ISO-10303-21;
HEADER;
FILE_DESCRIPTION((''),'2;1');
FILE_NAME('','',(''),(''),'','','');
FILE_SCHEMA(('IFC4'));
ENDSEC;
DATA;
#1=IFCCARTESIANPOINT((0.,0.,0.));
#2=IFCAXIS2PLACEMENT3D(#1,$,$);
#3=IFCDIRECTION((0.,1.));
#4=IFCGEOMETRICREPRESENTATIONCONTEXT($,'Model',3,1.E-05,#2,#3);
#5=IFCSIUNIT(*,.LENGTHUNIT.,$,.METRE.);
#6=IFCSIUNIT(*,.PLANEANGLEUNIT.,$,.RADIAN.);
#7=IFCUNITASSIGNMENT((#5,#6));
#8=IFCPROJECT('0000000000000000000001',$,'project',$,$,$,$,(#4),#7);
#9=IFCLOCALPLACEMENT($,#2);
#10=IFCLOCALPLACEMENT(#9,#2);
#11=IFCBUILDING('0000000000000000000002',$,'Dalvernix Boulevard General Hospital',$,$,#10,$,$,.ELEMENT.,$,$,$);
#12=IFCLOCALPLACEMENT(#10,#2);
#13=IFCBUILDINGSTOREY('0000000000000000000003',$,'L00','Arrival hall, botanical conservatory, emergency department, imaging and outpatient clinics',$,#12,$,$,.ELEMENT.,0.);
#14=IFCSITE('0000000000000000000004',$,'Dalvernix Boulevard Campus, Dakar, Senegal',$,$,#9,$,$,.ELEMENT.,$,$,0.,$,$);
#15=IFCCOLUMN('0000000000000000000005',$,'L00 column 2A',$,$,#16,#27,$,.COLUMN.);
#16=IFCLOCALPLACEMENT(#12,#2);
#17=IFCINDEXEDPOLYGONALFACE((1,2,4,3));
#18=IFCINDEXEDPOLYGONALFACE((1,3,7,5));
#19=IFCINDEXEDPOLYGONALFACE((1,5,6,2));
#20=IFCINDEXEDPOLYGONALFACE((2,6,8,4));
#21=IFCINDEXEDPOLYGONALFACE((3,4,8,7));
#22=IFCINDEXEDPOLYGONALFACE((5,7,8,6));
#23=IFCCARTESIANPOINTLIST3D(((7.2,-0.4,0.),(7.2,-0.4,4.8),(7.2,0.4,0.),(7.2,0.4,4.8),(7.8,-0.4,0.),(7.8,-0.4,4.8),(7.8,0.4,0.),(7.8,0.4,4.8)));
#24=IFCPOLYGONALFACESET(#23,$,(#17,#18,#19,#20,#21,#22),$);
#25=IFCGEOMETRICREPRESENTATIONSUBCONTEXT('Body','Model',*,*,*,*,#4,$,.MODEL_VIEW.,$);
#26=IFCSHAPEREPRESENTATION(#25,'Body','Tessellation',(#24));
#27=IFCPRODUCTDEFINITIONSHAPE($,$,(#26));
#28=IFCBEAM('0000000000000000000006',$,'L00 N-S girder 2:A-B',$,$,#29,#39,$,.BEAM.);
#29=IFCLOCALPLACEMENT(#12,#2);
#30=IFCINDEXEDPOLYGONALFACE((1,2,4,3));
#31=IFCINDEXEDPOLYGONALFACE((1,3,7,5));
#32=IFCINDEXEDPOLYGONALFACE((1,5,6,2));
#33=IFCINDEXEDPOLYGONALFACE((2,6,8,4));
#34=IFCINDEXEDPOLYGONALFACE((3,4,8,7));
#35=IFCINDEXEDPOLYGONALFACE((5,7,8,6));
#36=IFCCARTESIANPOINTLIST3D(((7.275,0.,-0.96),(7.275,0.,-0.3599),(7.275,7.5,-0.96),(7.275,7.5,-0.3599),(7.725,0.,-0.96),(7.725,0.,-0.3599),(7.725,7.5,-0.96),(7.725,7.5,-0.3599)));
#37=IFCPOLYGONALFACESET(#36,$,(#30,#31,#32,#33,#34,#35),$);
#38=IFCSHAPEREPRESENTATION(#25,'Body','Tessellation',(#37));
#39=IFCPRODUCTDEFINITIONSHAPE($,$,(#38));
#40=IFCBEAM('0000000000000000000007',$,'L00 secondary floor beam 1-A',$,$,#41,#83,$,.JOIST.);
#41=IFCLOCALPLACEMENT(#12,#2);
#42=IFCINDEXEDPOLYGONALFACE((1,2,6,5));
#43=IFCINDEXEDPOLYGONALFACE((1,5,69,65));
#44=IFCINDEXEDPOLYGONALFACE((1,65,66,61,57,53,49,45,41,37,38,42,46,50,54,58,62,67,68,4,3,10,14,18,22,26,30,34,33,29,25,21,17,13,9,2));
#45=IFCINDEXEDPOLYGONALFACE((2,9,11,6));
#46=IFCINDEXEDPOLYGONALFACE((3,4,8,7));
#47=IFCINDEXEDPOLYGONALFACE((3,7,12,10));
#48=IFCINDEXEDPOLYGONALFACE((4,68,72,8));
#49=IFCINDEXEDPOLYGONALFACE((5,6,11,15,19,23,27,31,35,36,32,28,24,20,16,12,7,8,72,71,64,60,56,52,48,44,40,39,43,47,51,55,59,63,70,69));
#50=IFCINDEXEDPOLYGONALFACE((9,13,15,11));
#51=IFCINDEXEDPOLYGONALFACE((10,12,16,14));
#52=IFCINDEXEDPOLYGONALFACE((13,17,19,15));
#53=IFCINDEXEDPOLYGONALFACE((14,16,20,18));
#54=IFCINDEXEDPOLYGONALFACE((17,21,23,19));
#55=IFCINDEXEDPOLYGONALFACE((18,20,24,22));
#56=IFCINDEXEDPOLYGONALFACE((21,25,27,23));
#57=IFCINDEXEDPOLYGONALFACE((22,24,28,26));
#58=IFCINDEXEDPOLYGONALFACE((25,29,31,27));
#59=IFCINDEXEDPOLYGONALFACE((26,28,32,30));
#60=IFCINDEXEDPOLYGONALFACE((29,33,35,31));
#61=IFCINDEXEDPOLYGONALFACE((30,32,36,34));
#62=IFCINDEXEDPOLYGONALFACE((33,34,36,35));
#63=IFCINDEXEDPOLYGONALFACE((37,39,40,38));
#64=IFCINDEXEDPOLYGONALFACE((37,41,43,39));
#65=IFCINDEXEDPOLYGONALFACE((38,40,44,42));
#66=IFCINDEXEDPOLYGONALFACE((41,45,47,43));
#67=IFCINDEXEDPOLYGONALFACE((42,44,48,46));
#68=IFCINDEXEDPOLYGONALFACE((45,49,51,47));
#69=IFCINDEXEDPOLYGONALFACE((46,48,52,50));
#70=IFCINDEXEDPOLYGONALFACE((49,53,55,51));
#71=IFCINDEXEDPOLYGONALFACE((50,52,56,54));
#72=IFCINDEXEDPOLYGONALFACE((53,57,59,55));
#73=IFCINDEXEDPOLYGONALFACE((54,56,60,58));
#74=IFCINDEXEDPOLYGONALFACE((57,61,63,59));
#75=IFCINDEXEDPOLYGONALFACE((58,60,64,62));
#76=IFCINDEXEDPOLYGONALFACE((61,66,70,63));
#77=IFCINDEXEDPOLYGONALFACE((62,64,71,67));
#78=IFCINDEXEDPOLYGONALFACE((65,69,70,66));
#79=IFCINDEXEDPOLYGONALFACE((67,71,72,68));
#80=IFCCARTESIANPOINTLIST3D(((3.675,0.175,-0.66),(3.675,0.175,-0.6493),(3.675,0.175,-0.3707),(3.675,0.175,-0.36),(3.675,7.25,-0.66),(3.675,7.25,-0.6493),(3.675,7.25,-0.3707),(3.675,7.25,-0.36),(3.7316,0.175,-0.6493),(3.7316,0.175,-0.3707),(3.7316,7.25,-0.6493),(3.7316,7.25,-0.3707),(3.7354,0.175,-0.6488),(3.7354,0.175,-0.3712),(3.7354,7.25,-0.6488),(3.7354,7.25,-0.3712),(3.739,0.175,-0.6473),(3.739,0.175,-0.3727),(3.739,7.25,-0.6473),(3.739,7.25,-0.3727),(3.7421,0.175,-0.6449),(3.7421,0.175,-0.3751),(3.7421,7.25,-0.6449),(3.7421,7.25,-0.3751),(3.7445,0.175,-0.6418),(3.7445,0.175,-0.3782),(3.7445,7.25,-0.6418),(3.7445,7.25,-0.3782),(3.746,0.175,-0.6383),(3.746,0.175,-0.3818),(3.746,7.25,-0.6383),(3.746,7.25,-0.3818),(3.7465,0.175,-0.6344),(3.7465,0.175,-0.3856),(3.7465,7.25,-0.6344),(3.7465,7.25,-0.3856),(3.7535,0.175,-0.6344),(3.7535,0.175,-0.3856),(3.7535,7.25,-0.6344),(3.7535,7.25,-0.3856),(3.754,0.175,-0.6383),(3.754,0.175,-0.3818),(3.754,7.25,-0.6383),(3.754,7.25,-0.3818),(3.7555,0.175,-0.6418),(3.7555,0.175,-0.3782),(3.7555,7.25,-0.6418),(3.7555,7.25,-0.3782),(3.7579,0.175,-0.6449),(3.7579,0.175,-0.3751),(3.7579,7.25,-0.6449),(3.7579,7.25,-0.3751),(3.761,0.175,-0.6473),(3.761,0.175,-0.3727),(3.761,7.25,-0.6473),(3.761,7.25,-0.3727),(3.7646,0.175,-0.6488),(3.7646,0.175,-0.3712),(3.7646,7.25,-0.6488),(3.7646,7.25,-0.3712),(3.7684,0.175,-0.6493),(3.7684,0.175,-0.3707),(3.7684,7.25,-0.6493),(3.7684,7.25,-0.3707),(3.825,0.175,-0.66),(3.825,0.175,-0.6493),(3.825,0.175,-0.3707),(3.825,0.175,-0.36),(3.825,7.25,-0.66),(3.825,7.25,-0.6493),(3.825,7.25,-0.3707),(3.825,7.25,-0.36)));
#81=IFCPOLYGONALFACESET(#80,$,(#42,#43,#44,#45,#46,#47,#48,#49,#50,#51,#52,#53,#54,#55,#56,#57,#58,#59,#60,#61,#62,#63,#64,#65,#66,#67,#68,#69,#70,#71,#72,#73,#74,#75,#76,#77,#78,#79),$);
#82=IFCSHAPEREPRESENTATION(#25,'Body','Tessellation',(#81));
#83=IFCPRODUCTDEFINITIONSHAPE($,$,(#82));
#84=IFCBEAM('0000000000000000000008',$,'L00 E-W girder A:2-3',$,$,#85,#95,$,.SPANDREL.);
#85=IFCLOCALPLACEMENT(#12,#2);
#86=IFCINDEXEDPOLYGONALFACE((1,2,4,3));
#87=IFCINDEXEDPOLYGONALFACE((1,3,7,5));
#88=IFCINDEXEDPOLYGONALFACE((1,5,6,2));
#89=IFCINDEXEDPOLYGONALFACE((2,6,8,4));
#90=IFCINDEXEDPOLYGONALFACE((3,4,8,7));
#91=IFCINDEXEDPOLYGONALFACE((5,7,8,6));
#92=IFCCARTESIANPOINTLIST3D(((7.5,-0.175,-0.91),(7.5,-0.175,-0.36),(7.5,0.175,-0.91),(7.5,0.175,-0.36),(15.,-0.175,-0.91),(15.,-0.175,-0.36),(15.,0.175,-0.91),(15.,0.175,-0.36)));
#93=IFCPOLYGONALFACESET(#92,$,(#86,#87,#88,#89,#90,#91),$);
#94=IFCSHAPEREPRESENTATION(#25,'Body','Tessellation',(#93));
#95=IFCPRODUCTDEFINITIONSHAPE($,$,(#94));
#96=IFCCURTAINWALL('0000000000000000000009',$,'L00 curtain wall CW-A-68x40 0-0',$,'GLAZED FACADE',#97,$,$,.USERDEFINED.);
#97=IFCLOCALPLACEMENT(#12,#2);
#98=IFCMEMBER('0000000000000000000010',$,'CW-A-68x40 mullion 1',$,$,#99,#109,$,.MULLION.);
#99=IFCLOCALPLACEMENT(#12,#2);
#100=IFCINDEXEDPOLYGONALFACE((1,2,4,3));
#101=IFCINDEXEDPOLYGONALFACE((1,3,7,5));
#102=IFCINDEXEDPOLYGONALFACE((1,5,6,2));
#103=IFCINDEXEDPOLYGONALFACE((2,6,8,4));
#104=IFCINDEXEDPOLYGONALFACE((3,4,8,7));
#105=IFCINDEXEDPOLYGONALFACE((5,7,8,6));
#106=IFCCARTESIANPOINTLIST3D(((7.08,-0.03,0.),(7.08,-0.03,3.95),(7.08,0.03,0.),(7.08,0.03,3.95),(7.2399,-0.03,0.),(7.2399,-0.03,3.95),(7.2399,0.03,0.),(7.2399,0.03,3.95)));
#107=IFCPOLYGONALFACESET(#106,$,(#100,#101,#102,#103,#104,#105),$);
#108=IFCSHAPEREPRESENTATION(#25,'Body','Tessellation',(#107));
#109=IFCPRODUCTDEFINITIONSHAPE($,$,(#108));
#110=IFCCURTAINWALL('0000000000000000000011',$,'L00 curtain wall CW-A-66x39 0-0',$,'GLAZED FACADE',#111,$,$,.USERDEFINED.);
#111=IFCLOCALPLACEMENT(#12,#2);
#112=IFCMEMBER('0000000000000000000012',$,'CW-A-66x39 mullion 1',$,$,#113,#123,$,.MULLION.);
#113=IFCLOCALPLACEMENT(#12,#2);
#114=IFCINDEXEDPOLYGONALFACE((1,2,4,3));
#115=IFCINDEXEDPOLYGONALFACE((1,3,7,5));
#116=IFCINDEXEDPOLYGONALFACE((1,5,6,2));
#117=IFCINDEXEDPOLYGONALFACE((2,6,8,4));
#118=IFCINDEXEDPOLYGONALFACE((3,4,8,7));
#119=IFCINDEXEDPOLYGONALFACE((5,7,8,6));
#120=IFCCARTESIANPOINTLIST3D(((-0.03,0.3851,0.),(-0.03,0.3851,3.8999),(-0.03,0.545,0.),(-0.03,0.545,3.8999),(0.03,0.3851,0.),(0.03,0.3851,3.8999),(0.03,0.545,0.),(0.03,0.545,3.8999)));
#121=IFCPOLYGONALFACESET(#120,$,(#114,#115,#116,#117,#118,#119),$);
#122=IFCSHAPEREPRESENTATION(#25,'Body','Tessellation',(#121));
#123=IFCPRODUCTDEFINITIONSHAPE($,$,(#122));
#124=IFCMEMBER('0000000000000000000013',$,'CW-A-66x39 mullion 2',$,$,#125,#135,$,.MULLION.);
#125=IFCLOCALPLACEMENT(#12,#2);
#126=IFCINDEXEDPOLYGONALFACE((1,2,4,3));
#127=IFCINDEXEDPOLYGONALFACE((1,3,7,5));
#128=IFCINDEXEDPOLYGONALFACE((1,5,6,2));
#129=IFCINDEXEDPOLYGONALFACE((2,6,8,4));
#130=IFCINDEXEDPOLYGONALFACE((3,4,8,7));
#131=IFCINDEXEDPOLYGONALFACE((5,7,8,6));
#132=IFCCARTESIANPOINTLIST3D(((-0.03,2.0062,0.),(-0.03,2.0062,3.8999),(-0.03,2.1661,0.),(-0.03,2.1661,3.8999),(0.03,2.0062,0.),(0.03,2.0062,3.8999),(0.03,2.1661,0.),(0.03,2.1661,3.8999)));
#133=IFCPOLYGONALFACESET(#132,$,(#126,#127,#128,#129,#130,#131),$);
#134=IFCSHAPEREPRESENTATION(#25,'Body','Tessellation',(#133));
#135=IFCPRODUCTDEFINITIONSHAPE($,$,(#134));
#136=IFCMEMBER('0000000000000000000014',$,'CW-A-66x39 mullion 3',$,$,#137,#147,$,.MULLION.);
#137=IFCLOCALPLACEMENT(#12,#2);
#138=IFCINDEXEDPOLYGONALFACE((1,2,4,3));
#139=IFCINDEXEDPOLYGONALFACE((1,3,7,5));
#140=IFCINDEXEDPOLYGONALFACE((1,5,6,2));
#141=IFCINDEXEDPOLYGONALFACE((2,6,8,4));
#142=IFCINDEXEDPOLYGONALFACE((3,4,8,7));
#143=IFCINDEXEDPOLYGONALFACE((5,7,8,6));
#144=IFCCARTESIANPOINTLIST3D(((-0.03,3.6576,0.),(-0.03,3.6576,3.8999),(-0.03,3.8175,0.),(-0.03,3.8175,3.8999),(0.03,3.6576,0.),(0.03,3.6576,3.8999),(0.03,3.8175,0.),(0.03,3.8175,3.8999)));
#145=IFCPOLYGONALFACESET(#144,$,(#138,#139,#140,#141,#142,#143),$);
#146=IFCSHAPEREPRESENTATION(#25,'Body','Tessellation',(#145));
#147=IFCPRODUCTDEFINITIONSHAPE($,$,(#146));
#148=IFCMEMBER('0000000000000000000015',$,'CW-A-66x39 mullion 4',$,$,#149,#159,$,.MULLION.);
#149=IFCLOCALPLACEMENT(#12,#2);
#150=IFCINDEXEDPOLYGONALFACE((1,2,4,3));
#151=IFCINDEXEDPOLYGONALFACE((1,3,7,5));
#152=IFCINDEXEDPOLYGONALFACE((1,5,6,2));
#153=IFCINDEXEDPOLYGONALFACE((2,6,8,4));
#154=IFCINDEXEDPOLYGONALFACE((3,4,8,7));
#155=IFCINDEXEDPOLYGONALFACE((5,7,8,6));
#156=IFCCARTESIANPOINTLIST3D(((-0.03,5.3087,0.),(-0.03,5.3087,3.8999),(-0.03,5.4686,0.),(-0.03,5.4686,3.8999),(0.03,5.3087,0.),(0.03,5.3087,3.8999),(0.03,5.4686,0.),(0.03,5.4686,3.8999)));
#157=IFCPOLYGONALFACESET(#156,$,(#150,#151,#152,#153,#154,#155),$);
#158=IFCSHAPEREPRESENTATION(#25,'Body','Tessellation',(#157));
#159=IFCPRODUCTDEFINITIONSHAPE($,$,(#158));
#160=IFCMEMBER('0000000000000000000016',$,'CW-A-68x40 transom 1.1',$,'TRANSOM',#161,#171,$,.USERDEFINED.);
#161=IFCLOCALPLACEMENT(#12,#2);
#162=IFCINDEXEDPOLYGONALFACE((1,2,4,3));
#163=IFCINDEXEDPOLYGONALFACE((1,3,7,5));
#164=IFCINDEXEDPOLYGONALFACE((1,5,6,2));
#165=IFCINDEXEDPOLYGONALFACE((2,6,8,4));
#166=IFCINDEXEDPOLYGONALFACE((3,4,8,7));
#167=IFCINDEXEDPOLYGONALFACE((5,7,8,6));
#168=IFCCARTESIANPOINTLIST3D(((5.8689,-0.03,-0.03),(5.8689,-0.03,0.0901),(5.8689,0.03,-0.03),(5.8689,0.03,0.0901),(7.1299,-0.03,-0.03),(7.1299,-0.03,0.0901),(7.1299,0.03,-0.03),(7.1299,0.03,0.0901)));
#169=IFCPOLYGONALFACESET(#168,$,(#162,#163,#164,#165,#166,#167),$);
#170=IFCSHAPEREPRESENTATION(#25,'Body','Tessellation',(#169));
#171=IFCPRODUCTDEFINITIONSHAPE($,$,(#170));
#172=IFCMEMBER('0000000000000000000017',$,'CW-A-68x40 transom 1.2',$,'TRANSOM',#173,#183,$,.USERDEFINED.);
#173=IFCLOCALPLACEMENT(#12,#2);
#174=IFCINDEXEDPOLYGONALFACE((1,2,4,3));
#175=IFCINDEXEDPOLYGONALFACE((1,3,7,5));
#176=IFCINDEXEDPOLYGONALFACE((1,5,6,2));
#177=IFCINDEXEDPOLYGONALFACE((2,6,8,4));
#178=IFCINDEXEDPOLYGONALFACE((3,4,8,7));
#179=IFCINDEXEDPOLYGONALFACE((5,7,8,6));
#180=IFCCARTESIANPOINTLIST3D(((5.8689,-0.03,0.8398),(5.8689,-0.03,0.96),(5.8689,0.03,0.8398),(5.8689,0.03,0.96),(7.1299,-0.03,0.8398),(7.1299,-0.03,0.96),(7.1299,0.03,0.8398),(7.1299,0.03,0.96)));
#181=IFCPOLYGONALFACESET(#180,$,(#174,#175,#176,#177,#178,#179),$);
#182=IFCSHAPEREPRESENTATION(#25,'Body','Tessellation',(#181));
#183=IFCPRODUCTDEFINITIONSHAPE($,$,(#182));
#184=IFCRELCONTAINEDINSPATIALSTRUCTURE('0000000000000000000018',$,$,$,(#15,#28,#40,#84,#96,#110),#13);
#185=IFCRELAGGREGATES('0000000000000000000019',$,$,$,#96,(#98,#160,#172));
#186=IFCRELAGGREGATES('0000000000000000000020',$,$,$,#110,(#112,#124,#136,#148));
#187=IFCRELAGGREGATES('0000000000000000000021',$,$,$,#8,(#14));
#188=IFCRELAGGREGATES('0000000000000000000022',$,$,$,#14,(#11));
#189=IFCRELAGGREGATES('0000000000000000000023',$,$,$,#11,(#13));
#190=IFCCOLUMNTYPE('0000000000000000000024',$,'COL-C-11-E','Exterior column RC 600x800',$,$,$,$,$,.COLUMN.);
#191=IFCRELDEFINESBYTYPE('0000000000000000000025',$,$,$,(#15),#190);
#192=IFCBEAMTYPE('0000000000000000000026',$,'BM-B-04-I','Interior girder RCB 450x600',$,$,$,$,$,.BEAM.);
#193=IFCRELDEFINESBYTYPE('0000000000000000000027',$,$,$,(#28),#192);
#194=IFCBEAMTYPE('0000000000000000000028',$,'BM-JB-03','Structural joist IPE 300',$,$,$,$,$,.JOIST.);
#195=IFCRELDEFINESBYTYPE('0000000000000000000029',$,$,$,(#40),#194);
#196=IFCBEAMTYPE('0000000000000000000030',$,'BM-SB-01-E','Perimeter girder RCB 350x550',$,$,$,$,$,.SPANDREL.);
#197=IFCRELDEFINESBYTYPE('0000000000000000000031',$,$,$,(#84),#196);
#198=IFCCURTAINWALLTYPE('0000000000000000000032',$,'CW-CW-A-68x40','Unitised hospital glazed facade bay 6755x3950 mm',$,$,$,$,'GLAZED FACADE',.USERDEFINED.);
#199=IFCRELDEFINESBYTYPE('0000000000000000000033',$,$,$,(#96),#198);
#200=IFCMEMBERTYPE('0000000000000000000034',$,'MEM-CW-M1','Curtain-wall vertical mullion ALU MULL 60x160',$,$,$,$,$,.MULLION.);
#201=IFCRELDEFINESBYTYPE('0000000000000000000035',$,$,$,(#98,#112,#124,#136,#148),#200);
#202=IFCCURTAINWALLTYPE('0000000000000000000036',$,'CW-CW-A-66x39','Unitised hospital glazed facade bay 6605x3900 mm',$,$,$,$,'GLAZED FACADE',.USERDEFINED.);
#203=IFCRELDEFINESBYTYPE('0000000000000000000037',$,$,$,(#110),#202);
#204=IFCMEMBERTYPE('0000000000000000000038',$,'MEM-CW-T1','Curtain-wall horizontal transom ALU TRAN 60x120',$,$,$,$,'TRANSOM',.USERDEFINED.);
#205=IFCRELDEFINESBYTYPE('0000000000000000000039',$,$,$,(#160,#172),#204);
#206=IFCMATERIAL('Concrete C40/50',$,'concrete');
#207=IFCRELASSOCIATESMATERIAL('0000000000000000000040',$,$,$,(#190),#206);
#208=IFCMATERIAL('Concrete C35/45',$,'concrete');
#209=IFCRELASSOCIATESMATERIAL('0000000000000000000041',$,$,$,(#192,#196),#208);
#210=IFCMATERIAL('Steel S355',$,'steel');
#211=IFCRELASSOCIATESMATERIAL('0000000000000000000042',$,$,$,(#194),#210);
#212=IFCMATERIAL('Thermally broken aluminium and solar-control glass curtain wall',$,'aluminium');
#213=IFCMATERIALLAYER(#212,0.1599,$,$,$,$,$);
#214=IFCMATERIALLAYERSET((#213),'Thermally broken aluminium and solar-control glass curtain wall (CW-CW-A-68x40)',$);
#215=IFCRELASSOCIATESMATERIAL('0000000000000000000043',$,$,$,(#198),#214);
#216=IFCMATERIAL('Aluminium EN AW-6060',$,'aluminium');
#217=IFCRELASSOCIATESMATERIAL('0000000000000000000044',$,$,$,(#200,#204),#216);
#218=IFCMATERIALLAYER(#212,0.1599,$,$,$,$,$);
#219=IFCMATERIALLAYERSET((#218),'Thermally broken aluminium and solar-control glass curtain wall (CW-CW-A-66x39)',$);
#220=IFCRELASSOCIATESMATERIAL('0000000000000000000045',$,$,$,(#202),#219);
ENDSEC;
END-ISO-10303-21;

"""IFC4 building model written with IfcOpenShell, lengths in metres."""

from ifc_helpers import new_model, si_unit, direction, frame, origin, origin_2d, place, context, subcontext, project, spatial, rectangle, i_section, extrude, material, layer, layer_set, material_profile, profile_set, type_object, element, aggregate, save


model = new_model("IFC4")

# Units and contexts
model_context = context("Model", 3, precision=1e-05, world=origin(), true_north=direction((0.0, 1.0)))
body_context = subcontext(model_context, "Body", "Model", "MODEL_VIEW")
ifc_project = project(units=[si_unit("LENGTHUNIT", "METRE"), si_unit("PLANEANGLEUNIT", "RADIAN")], contexts=[model_context])

# Site, building, storey
site_placement = place(None, origin())
site = spatial("IfcSite", under=ifc_project, at=site_placement, Name="Dalvernix Boulevard Campus, Dakar, Senegal", CompositionType="ELEMENT", RefElevation=0.0)
building_placement = place(site_placement, origin())
building = spatial("IfcBuilding", under=site, at=building_placement, Name="Dalvernix Boulevard General Hospital", CompositionType="ELEMENT")
storey_placement = place(building_placement, origin())
storey = spatial("IfcBuildingStorey", under=building, at=storey_placement, Name="L00", Description="Arrival hall, botanical conservatory, emergency department, imaging and outpatient clinics", CompositionType="ELEMENT", Elevation=0.0)

# Column
ifc_material_1 = material(Name="Concrete C40/50", Category="concrete")
ifc_material_profile_1 = material_profile(ifc_material_1, rectangle(XDim=0.6001, YDim=0.8, at=origin_2d()), Name="RC 600x800")
ifc_profile_set_1 = profile_set([ifc_material_profile_1], Name="Concrete C40/50")
column_type = type_object("IfcColumnType", Name="COL-C-11-E", Description="Exterior column RC 600x800", PredefinedType="COLUMN", material=ifc_profile_set_1)
column_placement = place(storey_placement, frame((7.5, 0.0, 0.0), z_axis=(0.0, 0.0, 1.0), x_axis=(1.0, 0.0, 0.0)))
element("IfcColumn", 1, at=column_placement, inside=storey, type_object=column_type, Name="L00 column 2A", PredefinedType="COLUMN", context=body_context, shape_type="SweptSolid", body=[
    extrude(rectangle(XDim=0.6001, YDim=0.8, at=origin_2d()), origin(), (0.0, 0.0, 1.0), 4.8),
])

# Beams
ifc_material_2 = material(Name="Concrete C35/45", Category="concrete")
ifc_material_profile_2 = material_profile(ifc_material_2, rectangle(XDim=0.45, YDim=0.6001, at=origin_2d()), Name="RCB 450x600")
ifc_profile_set_2 = profile_set([ifc_material_profile_2], Name="Concrete C35/45")
beam_type_1 = type_object("IfcBeamType", Name="BM-B-04-I", Description="Interior girder RCB 450x600", PredefinedType="BEAM", material=ifc_profile_set_2)
beam_1_placement = place(storey_placement, frame((7.5, 0.0, -0.6599), z_axis=(0.0, 1.0, 0.0), x_axis=(-1.0, 0.0, 0.0)))
element("IfcBeam", 2, at=beam_1_placement, inside=storey, type_object=beam_type_1, Name="L00 N-S girder 2:A-B", PredefinedType="BEAM", context=body_context, shape_type="SweptSolid", body=[
    extrude(rectangle(XDim=0.45, YDim=0.6001, at=origin_2d()), origin(), (0.0, 0.0, 1.0), 7.5),
])
ifc_material_3 = material(Name="Steel S355", Category="steel")
ifc_material_profile_3 = material_profile(ifc_material_3, i_section(OverallWidth=0.1499, OverallDepth=0.3, WebThickness=0.0071, FlangeThickness=0.0107, FilletRadius=0.0149, at=origin_2d()), Name="IPE 300")
ifc_profile_set_3 = profile_set([ifc_material_profile_3], Name="Steel S355")
beam_type_2 = type_object("IfcBeamType", Name="BM-JB-03", Description="Structural joist IPE 300", PredefinedType="JOIST", material=ifc_profile_set_3)
beam_2_placement = place(storey_placement, frame((3.75, 0.175, -0.51), z_axis=(0.0, 1.0, 0.0), x_axis=(-1.0, 0.0, 0.0)))
element("IfcBeam", 3, at=beam_2_placement, inside=storey, type_object=beam_type_2, Name="L00 secondary floor beam 1-A", PredefinedType="JOIST", context=body_context, shape_type="SweptSolid", body=[
    extrude(i_section(OverallWidth=0.1499, OverallDepth=0.3, WebThickness=0.0071, FlangeThickness=0.0107, FilletRadius=0.0149, at=origin_2d()), origin(), (0.0, 0.0, 1.0), 7.075),
])
ifc_material_profile_4 = material_profile(ifc_material_2, rectangle(XDim=0.3501, YDim=0.55, at=origin_2d()), Name="RCB 350x550")
ifc_profile_set_4 = profile_set([ifc_material_profile_4], Name="Concrete C35/45")
beam_type_3 = type_object("IfcBeamType", Name="BM-SB-01-E", Description="Perimeter girder RCB 350x550", PredefinedType="SPANDREL", material=ifc_profile_set_4)
beam_3_placement = place(storey_placement, frame((7.5, 0.0, -0.635), z_axis=(1.0, 0.0, 0.0), x_axis=(0.0, 1.0, 0.0)))
element("IfcBeam", 4, at=beam_3_placement, inside=storey, type_object=beam_type_3, Name="L00 E-W girder A:2-3", PredefinedType="SPANDREL", context=body_context, shape_type="SweptSolid", body=[
    extrude(rectangle(XDim=0.3501, YDim=0.55, at=origin_2d()), origin(), (0.0, 0.0, 1.0), 7.5),
])

# Curtain wall, member
ifc_material_4 = material(Name="Thermally broken aluminium and solar-control glass curtain wall", Category="aluminium")
ifc_layer_1 = layer(ifc_material_4, 0.1599)
ifc_layer_set_1 = layer_set([ifc_layer_1], Name="Thermally broken aluminium and solar-control glass curtain wall (CW-CW-A-68x40)")
curtain_wall_type_1 = type_object("IfcCurtainWallType", Name="CW-CW-A-68x40", Description="Unitised hospital glazed facade bay 6755x3950 mm", ElementType="GLAZED FACADE", PredefinedType="USERDEFINED", material=ifc_layer_set_1)
curtain_wall_1_placement = place(storey_placement, origin())
curtain_wall_1 = element("IfcCurtainWall", 5, at=curtain_wall_1_placement, inside=storey, type_object=curtain_wall_type_1, Name="L00 curtain wall CW-A-68x40 0-0", ObjectType="GLAZED FACADE", PredefinedType="USERDEFINED")
ifc_material_5 = material(Name="Aluminium EN AW-6060", Category="aluminium")
ifc_material_profile_5 = material_profile(ifc_material_5, rectangle(XDim=0.0601, YDim=0.1599, at=origin_2d()), Name="ALU MULL 60x160")
ifc_profile_set_5 = profile_set([ifc_material_profile_5], Name="Aluminium EN AW-6060")
member_type_1 = type_object("IfcMemberType", Name="MEM-CW-M1", Description="Curtain-wall vertical mullion ALU MULL 60x160", PredefinedType="MULLION", material=ifc_profile_set_5)
member_1_placement = place(storey_placement, frame((7.1599, 0.0, 0.0), z_axis=(0.0, 0.0, 1.0), x_axis=(0.0, -1.0, 0.0)))
member_1 = element("IfcMember", 6, at=member_1_placement, type_object=member_type_1, Name="CW-A-68x40 mullion 1", PredefinedType="MULLION", context=body_context, shape_type="SweptSolid", body=[
    extrude(rectangle(XDim=0.0601, YDim=0.1599, at=origin_2d()), origin(), (0.0, 0.0, 1.0), 3.95),
])

# Curtain wall, members
ifc_layer_2 = layer(ifc_material_4, 0.1599)
ifc_layer_set_2 = layer_set([ifc_layer_2], Name="Thermally broken aluminium and solar-control glass curtain wall (CW-CW-A-66x39)")
curtain_wall_type_2 = type_object("IfcCurtainWallType", Name="CW-CW-A-66x39", Description="Unitised hospital glazed facade bay 6605x3900 mm", ElementType="GLAZED FACADE", PredefinedType="USERDEFINED", material=ifc_layer_set_2)
curtain_wall_2_placement = place(storey_placement, origin())
curtain_wall_2 = element("IfcCurtainWall", 7, at=curtain_wall_2_placement, inside=storey, type_object=curtain_wall_type_2, Name="L00 curtain wall CW-A-66x39 0-0", ObjectType="GLAZED FACADE", PredefinedType="USERDEFINED")
member_2_placement = place(storey_placement, frame((0.0, 0.4651, 0.0), z_axis=(0.0, 0.0, 1.0), x_axis=(-1.0, 0.0, 0.0)))
member_2 = element("IfcMember", 8, at=member_2_placement, type_object=member_type_1, Name="CW-A-66x39 mullion 1", PredefinedType="MULLION", context=body_context, shape_type="SweptSolid", body=[
    extrude(rectangle(XDim=0.0601, YDim=0.1599, at=origin_2d()), origin(), (0.0, 0.0, 1.0), 3.8999),
])
member_3_placement = place(storey_placement, frame((0.0, 2.0862, 0.0), z_axis=(0.0, 0.0, 1.0), x_axis=(-1.0, 0.0, 0.0)))
member_3 = element("IfcMember", 9, at=member_3_placement, type_object=member_type_1, Name="CW-A-66x39 mullion 2", PredefinedType="MULLION", context=body_context, shape_type="SweptSolid", body=[
    extrude(rectangle(XDim=0.0601, YDim=0.1599, at=origin_2d()), origin(), (0.0, 0.0, 1.0), 3.8999),
])
member_4_placement = place(storey_placement, frame((0.0, 3.7375, 0.0), z_axis=(0.0, 0.0, 1.0), x_axis=(-1.0, 0.0, 0.0)))
member_4 = element("IfcMember", 10, at=member_4_placement, type_object=member_type_1, Name="CW-A-66x39 mullion 3", PredefinedType="MULLION", context=body_context, shape_type="SweptSolid", body=[
    extrude(rectangle(XDim=0.0601, YDim=0.1599, at=origin_2d()), origin(), (0.0, 0.0, 1.0), 3.8999),
])
member_5_placement = place(storey_placement, frame((0.0, 5.3887, 0.0), z_axis=(0.0, 0.0, 1.0), x_axis=(-1.0, 0.0, 0.0)))
member_5 = element("IfcMember", 11, at=member_5_placement, type_object=member_type_1, Name="CW-A-66x39 mullion 4", PredefinedType="MULLION", context=body_context, shape_type="SweptSolid", body=[
    extrude(rectangle(XDim=0.0601, YDim=0.1599, at=origin_2d()), origin(), (0.0, 0.0, 1.0), 3.8999),
])

# Members
ifc_material_profile_6 = material_profile(ifc_material_5, rectangle(XDim=0.0601, YDim=0.1201, at=origin_2d()), Name="ALU TRAN 60x120")
ifc_profile_set_6 = profile_set([ifc_material_profile_6], Name="Aluminium EN AW-6060")
member_type_2 = type_object("IfcMemberType", Name="MEM-CW-T1", Description="Curtain-wall horizontal transom ALU TRAN 60x120", ElementType="TRANSOM", PredefinedType="USERDEFINED", material=ifc_profile_set_6)
member_6_placement = place(storey_placement, frame((7.1299, 0.0, 0.03), z_axis=(-1.0, 0.0, 0.0), x_axis=(0.0, -1.0, 0.0)))
member_6 = element("IfcMember", 12, at=member_6_placement, type_object=member_type_2, Name="CW-A-68x40 transom 1.1", ObjectType="TRANSOM", PredefinedType="USERDEFINED", context=body_context, shape_type="SweptSolid", body=[
    extrude(rectangle(XDim=0.0601, YDim=0.1201, at=origin_2d()), origin(), (0.0, 0.0, 1.0), 1.261),
])
member_7_placement = place(storey_placement, frame((7.1299, 0.0, 0.8999), z_axis=(-1.0, 0.0, 0.0), x_axis=(0.0, -1.0, 0.0)))
member_7 = element("IfcMember", 13, at=member_7_placement, type_object=member_type_2, Name="CW-A-68x40 transom 1.2", ObjectType="TRANSOM", PredefinedType="USERDEFINED", context=body_context, shape_type="SweptSolid", body=[
    extrude(rectangle(XDim=0.0601, YDim=0.1201, at=origin_2d()), origin(), (0.0, 0.0, 1.0), 1.261),
])

aggregate(curtain_wall_1, [member_1, member_6, member_7])
aggregate(curtain_wall_2, [member_2, member_3, member_4, member_5])

save(model, "model.ifc")
